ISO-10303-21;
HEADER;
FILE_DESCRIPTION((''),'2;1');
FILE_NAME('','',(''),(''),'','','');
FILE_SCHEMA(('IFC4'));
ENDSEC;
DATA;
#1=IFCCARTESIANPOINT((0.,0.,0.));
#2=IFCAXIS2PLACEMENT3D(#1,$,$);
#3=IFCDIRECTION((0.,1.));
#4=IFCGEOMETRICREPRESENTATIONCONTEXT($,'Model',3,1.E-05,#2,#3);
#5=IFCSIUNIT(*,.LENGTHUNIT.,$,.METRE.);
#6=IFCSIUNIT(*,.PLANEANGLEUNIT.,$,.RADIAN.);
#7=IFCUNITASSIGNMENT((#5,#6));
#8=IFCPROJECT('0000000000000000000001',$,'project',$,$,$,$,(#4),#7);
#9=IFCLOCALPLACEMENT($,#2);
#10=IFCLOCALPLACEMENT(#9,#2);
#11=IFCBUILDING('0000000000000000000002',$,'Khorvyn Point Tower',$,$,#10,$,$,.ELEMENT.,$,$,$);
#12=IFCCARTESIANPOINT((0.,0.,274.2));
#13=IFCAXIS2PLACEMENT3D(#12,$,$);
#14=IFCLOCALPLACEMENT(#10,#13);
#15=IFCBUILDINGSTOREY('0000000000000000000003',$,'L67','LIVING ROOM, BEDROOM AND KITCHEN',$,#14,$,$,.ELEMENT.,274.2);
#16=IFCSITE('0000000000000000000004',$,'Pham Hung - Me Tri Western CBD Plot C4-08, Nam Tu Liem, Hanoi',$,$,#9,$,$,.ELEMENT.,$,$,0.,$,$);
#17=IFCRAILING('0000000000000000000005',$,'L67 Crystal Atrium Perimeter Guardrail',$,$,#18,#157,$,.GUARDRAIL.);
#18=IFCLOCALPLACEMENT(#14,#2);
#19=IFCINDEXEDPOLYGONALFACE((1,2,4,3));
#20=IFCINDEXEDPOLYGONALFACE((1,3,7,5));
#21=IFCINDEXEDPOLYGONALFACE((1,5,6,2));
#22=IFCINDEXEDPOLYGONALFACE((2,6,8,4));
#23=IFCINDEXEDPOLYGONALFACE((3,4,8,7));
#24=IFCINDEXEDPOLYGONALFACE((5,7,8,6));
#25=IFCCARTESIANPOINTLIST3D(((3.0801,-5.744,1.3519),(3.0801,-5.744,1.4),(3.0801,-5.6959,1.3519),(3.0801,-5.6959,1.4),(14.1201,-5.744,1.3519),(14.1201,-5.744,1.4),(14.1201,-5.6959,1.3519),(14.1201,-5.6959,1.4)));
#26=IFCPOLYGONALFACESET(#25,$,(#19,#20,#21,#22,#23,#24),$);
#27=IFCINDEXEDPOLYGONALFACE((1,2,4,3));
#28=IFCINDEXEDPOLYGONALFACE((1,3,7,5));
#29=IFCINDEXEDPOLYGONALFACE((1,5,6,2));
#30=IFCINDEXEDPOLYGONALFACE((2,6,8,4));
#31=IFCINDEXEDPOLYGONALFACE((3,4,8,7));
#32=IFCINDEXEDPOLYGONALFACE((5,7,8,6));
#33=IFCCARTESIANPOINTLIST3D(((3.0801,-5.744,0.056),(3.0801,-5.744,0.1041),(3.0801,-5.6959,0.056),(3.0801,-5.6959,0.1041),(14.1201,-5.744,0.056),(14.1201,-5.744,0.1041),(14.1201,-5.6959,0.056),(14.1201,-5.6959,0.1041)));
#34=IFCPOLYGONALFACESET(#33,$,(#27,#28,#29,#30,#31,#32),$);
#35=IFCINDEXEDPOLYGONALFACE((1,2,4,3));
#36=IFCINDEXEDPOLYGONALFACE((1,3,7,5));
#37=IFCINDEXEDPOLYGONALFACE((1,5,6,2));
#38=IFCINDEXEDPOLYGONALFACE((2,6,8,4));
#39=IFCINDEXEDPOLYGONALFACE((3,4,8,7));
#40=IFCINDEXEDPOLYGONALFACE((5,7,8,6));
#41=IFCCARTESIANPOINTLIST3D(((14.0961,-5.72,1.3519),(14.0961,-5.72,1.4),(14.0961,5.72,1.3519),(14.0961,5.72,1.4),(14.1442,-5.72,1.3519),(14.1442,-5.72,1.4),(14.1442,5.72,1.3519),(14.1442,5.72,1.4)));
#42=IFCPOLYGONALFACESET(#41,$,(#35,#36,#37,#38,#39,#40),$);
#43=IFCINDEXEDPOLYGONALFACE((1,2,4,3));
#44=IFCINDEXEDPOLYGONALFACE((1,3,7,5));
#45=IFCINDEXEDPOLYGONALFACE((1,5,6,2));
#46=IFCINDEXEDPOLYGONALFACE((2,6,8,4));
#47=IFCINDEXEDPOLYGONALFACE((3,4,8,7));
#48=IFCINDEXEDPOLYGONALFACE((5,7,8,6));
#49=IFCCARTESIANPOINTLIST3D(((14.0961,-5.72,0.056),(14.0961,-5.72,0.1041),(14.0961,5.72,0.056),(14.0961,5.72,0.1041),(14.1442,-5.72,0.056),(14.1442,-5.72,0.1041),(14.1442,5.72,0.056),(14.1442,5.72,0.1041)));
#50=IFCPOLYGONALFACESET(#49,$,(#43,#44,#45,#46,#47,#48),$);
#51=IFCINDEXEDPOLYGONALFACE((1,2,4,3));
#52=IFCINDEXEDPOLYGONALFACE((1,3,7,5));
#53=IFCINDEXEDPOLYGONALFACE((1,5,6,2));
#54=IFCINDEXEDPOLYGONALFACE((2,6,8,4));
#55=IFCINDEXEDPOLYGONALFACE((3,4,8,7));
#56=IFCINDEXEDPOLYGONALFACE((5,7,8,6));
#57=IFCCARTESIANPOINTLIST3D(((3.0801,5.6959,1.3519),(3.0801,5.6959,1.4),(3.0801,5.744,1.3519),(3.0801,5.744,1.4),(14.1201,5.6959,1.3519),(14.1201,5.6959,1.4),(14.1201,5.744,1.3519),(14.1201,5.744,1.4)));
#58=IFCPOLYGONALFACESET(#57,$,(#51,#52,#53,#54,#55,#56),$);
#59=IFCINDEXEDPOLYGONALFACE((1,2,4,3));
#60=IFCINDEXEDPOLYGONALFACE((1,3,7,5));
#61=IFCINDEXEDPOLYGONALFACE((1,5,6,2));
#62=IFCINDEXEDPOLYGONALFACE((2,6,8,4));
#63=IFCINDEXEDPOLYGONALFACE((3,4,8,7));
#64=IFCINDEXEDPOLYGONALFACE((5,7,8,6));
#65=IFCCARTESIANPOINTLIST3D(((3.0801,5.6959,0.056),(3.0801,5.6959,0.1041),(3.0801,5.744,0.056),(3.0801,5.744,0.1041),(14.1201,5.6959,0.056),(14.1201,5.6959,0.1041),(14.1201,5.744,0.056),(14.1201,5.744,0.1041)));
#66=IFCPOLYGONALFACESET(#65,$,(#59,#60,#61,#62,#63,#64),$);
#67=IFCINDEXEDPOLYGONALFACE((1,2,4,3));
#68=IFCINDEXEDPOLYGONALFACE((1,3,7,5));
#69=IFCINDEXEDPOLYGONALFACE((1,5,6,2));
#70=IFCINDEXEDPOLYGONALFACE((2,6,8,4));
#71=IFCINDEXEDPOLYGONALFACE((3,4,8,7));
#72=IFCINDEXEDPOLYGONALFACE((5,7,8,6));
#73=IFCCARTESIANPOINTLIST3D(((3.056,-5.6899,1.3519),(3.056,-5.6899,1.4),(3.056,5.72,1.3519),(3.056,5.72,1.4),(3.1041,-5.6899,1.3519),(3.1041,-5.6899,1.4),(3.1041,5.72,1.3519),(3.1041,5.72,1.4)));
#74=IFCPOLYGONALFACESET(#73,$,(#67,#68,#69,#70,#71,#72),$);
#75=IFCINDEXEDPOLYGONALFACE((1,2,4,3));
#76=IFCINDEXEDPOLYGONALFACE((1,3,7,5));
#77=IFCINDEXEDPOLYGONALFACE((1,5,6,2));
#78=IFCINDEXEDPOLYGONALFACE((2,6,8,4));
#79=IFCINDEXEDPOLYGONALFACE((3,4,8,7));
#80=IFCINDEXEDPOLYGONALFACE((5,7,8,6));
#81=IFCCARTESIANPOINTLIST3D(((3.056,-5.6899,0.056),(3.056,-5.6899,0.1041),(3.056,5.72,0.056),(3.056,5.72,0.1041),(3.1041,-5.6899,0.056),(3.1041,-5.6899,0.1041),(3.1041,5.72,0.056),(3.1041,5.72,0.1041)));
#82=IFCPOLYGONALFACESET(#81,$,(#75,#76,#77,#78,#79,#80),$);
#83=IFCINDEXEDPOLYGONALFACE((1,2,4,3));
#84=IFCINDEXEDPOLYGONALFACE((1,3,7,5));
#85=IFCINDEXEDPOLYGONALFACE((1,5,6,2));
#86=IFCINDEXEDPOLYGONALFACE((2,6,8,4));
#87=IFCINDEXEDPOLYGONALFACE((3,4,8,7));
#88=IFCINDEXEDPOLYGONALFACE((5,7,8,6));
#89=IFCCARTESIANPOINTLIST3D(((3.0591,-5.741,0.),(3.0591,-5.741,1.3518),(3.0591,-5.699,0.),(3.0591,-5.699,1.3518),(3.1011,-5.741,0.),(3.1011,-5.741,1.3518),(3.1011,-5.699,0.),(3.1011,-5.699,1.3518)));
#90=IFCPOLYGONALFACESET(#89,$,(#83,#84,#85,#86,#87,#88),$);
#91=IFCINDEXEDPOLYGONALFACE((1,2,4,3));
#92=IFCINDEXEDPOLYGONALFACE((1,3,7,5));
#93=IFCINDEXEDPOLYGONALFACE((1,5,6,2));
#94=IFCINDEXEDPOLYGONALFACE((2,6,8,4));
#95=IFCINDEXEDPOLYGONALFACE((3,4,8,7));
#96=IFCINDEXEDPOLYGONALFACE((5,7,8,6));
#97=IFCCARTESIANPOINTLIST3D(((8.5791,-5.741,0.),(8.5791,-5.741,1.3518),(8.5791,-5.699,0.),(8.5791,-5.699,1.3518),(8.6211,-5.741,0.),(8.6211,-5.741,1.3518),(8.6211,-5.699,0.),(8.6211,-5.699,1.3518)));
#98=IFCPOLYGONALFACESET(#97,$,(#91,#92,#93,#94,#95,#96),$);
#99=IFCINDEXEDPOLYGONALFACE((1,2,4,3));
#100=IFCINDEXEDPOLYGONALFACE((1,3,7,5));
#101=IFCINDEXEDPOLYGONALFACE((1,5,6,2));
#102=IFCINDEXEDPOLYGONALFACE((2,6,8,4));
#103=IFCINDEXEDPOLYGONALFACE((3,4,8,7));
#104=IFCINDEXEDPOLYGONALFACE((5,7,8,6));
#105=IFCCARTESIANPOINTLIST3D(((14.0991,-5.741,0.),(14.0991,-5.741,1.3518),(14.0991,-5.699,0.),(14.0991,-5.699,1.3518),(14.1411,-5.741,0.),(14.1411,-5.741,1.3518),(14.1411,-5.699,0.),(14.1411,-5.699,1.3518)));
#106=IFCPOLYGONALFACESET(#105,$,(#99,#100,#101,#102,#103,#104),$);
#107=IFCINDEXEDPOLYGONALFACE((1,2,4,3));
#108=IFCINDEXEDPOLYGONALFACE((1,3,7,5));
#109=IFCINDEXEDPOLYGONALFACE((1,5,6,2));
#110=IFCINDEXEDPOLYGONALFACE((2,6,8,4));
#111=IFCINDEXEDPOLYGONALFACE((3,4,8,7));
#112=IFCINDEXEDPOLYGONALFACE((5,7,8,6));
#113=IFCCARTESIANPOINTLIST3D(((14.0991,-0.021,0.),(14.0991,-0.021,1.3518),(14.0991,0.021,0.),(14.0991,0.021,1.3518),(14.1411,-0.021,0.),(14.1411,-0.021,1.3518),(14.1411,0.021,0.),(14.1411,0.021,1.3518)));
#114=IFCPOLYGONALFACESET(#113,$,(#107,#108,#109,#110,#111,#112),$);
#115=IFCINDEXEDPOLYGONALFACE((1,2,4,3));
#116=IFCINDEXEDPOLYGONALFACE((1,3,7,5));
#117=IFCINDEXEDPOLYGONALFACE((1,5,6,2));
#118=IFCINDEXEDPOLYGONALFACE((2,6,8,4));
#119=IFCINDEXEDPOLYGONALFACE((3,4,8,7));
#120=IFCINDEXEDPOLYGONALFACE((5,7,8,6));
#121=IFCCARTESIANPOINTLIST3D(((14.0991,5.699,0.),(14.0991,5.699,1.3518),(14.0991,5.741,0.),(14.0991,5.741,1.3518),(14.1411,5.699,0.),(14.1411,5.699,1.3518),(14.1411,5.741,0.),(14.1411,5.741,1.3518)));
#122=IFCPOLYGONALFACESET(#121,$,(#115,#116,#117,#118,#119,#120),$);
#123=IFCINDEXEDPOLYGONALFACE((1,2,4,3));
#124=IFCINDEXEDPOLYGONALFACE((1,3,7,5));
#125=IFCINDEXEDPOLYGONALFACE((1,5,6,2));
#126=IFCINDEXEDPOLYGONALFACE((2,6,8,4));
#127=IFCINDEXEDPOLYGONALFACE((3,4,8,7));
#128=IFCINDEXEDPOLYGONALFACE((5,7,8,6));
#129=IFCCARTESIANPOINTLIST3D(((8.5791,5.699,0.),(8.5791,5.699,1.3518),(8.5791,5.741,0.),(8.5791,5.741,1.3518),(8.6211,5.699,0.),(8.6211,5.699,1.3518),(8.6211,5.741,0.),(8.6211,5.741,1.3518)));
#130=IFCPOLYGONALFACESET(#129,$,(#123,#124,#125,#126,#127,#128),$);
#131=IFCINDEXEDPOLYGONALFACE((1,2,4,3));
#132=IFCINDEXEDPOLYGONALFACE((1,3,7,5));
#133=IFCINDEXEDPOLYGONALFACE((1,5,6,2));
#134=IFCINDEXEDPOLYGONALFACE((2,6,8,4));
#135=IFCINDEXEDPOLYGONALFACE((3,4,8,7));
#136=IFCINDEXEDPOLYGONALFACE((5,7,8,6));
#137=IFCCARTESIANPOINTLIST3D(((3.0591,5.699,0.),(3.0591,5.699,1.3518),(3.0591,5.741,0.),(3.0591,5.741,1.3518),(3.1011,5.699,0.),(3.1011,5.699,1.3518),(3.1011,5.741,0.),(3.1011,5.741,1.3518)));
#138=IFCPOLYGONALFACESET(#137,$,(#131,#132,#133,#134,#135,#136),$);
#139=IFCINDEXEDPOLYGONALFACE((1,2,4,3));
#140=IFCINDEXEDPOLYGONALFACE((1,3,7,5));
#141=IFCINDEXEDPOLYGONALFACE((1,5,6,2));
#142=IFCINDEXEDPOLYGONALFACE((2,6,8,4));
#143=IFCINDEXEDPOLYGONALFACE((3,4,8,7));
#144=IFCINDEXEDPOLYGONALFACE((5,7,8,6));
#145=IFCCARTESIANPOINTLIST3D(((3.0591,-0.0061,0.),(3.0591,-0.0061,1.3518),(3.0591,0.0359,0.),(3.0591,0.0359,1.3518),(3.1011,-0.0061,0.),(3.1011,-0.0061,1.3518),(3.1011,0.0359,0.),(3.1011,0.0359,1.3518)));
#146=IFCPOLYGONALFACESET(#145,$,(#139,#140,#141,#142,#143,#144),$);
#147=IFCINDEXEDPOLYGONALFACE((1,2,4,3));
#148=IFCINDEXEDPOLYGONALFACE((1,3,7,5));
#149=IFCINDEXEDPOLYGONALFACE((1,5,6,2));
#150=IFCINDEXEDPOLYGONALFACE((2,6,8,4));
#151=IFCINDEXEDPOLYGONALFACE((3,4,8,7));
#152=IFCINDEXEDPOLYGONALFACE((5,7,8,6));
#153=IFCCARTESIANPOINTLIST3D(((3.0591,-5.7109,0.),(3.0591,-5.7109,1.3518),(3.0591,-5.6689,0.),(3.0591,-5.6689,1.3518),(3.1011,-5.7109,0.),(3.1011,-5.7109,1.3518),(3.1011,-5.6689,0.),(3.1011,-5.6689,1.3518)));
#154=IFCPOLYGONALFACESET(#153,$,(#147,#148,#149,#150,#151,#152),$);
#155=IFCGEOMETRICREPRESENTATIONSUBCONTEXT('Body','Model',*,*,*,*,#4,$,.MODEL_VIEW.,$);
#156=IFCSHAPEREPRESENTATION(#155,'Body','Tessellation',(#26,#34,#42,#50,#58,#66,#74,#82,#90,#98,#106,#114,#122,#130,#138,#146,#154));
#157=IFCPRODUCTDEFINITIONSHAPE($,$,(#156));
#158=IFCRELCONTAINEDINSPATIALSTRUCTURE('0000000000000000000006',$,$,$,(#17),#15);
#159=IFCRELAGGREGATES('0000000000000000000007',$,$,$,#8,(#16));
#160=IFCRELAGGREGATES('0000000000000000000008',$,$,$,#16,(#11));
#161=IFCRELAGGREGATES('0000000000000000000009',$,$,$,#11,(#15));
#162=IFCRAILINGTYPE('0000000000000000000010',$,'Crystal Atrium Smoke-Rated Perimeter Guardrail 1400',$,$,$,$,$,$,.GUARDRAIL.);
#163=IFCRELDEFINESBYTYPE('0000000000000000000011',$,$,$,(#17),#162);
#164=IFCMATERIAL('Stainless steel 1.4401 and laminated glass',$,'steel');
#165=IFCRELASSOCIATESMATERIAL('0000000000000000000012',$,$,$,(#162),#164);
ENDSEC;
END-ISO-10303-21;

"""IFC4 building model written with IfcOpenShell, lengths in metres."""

from ifc_helpers import new_model, si_unit, direction, frame, origin, origin_2d, place, context, subcontext, project, spatial, rectangle, extrude, material, type_object, element, save


model = new_model("IFC4")

# Units and contexts
model_context = context("Model", 3, precision=1e-05, world=origin(), true_north=direction((0.0, 1.0)))
body_context = subcontext(model_context, "Body", "Model", "MODEL_VIEW")
ifc_project = project(units=[si_unit("LENGTHUNIT", "METRE"), si_unit("PLANEANGLEUNIT", "RADIAN")], contexts=[model_context])

# Site, building, storey
site_placement = place(None, origin())
site = spatial("IfcSite", under=ifc_project, at=site_placement, Name="Pham Hung - Me Tri Western CBD Plot C4-08, Nam Tu Liem, Hanoi", CompositionType="ELEMENT", RefElevation=0.0)
building_placement = place(site_placement, origin())
building = spatial("IfcBuilding", under=site, at=building_placement, Name="Khorvyn Point Tower", CompositionType="ELEMENT")
storey_placement = place(building_placement, frame((0.0, 0.0, 274.2)))
storey = spatial("IfcBuildingStorey", under=building, at=storey_placement, Name="L67", Description="LIVING ROOM, BEDROOM AND KITCHEN", CompositionType="ELEMENT", Elevation=274.2)

# Railing
ifc_material_1 = material(Name="Stainless steel 1.4401 and laminated glass", Category="steel")
railing_type = type_object("IfcRailingType", Name="Crystal Atrium Smoke-Rated Perimeter Guardrail 1400", PredefinedType="GUARDRAIL", material=ifc_material_1)
railing_placement = place(storey_placement, frame((3.0801, -5.72, 0.0)))
element("IfcRailing", 1, at=railing_placement, inside=storey, type_object=railing_type, Name="L67 Crystal Atrium Perimeter Guardrail", PredefinedType="GUARDRAIL", context=body_context, shape_type="SweptSolid", body=[
    extrude(rectangle(XDim=0.0481, YDim=0.0481, at=origin_2d()), frame((0.0, 0.0, 1.376), z_axis=(1.0, 0.0, 0.0), x_axis=(0.0, 1.0, 0.0)), (0.0, 0.0, 1.0), 11.04),
    extrude(rectangle(XDim=0.0481, YDim=0.0481, at=origin_2d()), frame((0.0, 0.0, 0.0801), z_axis=(1.0, 0.0, 0.0), x_axis=(0.0, 1.0, 0.0)), (0.0, 0.0, 1.0), 11.04),
    extrude(rectangle(XDim=0.0481, YDim=0.0481, at=origin_2d()), frame((11.04, 0.0, 1.376), z_axis=(0.0, 1.0, 0.0), x_axis=(-1.0, 0.0, 0.0)), (0.0, 0.0, 1.0), 11.4399),
    extrude(rectangle(XDim=0.0481, YDim=0.0481, at=origin_2d()), frame((11.04, 0.0, 0.0801), z_axis=(0.0, 1.0, 0.0), x_axis=(-1.0, 0.0, 0.0)), (0.0, 0.0, 1.0), 11.4399),
    extrude(rectangle(XDim=0.0481, YDim=0.0481, at=origin_2d()), frame((11.04, 11.4399, 1.376), z_axis=(-1.0, 0.0, 0.0), x_axis=(0.0, -1.0, 0.0)), (0.0, 0.0, 1.0), 11.04),
    extrude(rectangle(XDim=0.0481, YDim=0.0481, at=origin_2d()), frame((11.04, 11.4399, 0.0801), z_axis=(-1.0, 0.0, 0.0), x_axis=(0.0, -1.0, 0.0)), (0.0, 0.0, 1.0), 11.04),
    extrude(rectangle(XDim=0.0481, YDim=0.0481, at=origin_2d()), frame((0.0, 11.4399, 1.376), z_axis=(0.0, -1.0, 0.0), x_axis=(1.0, 0.0, 0.0)), (0.0, 0.0, 1.0), 11.4099),
    extrude(rectangle(XDim=0.0481, YDim=0.0481, at=origin_2d()), frame((0.0, 11.4399, 0.0801), z_axis=(0.0, -1.0, 0.0), x_axis=(1.0, 0.0, 0.0)), (0.0, 0.0, 1.0), 11.4099),
    extrude(rectangle(XDim=0.042, YDim=0.042, at=origin_2d()), origin(), (0.0, 0.0, 1.0), 1.3518),
    extrude(rectangle(XDim=0.042, YDim=0.042, at=origin_2d()), frame((5.52, 0.0, 0.0)), (0.0, 0.0, 1.0), 1.3518),
    extrude(rectangle(XDim=0.042, YDim=0.042, at=origin_2d()), frame((11.04, 0.0, 0.0)), (0.0, 0.0, 1.0), 1.3518),
    extrude(rectangle(XDim=0.042, YDim=0.042, at=origin_2d()), frame((11.04, 5.72, 0.0)), (0.0, 0.0, 1.0), 1.3518),
    extrude(rectangle(XDim=0.042, YDim=0.042, at=origin_2d()), frame((11.04, 11.4399, 0.0)), (0.0, 0.0, 1.0), 1.3518),
    extrude(rectangle(XDim=0.042, YDim=0.042, at=origin_2d()), frame((5.52, 11.4399, 0.0)), (0.0, 0.0, 1.0), 1.3518),
    extrude(rectangle(XDim=0.042, YDim=0.042, at=origin_2d()), frame((0.0, 11.4399, 0.0)), (0.0, 0.0, 1.0), 1.3518),
    extrude(rectangle(XDim=0.042, YDim=0.042, at=origin_2d()), frame((0.0, 5.7349, 0.0)), (0.0, 0.0, 1.0), 1.3518),
    extrude(rectangle(XDim=0.042, YDim=0.042, at=origin_2d()), frame((0.0, 0.03, 0.0)), (0.0, 0.0, 1.0), 1.3518),
])

save(model, "model.ifc")
